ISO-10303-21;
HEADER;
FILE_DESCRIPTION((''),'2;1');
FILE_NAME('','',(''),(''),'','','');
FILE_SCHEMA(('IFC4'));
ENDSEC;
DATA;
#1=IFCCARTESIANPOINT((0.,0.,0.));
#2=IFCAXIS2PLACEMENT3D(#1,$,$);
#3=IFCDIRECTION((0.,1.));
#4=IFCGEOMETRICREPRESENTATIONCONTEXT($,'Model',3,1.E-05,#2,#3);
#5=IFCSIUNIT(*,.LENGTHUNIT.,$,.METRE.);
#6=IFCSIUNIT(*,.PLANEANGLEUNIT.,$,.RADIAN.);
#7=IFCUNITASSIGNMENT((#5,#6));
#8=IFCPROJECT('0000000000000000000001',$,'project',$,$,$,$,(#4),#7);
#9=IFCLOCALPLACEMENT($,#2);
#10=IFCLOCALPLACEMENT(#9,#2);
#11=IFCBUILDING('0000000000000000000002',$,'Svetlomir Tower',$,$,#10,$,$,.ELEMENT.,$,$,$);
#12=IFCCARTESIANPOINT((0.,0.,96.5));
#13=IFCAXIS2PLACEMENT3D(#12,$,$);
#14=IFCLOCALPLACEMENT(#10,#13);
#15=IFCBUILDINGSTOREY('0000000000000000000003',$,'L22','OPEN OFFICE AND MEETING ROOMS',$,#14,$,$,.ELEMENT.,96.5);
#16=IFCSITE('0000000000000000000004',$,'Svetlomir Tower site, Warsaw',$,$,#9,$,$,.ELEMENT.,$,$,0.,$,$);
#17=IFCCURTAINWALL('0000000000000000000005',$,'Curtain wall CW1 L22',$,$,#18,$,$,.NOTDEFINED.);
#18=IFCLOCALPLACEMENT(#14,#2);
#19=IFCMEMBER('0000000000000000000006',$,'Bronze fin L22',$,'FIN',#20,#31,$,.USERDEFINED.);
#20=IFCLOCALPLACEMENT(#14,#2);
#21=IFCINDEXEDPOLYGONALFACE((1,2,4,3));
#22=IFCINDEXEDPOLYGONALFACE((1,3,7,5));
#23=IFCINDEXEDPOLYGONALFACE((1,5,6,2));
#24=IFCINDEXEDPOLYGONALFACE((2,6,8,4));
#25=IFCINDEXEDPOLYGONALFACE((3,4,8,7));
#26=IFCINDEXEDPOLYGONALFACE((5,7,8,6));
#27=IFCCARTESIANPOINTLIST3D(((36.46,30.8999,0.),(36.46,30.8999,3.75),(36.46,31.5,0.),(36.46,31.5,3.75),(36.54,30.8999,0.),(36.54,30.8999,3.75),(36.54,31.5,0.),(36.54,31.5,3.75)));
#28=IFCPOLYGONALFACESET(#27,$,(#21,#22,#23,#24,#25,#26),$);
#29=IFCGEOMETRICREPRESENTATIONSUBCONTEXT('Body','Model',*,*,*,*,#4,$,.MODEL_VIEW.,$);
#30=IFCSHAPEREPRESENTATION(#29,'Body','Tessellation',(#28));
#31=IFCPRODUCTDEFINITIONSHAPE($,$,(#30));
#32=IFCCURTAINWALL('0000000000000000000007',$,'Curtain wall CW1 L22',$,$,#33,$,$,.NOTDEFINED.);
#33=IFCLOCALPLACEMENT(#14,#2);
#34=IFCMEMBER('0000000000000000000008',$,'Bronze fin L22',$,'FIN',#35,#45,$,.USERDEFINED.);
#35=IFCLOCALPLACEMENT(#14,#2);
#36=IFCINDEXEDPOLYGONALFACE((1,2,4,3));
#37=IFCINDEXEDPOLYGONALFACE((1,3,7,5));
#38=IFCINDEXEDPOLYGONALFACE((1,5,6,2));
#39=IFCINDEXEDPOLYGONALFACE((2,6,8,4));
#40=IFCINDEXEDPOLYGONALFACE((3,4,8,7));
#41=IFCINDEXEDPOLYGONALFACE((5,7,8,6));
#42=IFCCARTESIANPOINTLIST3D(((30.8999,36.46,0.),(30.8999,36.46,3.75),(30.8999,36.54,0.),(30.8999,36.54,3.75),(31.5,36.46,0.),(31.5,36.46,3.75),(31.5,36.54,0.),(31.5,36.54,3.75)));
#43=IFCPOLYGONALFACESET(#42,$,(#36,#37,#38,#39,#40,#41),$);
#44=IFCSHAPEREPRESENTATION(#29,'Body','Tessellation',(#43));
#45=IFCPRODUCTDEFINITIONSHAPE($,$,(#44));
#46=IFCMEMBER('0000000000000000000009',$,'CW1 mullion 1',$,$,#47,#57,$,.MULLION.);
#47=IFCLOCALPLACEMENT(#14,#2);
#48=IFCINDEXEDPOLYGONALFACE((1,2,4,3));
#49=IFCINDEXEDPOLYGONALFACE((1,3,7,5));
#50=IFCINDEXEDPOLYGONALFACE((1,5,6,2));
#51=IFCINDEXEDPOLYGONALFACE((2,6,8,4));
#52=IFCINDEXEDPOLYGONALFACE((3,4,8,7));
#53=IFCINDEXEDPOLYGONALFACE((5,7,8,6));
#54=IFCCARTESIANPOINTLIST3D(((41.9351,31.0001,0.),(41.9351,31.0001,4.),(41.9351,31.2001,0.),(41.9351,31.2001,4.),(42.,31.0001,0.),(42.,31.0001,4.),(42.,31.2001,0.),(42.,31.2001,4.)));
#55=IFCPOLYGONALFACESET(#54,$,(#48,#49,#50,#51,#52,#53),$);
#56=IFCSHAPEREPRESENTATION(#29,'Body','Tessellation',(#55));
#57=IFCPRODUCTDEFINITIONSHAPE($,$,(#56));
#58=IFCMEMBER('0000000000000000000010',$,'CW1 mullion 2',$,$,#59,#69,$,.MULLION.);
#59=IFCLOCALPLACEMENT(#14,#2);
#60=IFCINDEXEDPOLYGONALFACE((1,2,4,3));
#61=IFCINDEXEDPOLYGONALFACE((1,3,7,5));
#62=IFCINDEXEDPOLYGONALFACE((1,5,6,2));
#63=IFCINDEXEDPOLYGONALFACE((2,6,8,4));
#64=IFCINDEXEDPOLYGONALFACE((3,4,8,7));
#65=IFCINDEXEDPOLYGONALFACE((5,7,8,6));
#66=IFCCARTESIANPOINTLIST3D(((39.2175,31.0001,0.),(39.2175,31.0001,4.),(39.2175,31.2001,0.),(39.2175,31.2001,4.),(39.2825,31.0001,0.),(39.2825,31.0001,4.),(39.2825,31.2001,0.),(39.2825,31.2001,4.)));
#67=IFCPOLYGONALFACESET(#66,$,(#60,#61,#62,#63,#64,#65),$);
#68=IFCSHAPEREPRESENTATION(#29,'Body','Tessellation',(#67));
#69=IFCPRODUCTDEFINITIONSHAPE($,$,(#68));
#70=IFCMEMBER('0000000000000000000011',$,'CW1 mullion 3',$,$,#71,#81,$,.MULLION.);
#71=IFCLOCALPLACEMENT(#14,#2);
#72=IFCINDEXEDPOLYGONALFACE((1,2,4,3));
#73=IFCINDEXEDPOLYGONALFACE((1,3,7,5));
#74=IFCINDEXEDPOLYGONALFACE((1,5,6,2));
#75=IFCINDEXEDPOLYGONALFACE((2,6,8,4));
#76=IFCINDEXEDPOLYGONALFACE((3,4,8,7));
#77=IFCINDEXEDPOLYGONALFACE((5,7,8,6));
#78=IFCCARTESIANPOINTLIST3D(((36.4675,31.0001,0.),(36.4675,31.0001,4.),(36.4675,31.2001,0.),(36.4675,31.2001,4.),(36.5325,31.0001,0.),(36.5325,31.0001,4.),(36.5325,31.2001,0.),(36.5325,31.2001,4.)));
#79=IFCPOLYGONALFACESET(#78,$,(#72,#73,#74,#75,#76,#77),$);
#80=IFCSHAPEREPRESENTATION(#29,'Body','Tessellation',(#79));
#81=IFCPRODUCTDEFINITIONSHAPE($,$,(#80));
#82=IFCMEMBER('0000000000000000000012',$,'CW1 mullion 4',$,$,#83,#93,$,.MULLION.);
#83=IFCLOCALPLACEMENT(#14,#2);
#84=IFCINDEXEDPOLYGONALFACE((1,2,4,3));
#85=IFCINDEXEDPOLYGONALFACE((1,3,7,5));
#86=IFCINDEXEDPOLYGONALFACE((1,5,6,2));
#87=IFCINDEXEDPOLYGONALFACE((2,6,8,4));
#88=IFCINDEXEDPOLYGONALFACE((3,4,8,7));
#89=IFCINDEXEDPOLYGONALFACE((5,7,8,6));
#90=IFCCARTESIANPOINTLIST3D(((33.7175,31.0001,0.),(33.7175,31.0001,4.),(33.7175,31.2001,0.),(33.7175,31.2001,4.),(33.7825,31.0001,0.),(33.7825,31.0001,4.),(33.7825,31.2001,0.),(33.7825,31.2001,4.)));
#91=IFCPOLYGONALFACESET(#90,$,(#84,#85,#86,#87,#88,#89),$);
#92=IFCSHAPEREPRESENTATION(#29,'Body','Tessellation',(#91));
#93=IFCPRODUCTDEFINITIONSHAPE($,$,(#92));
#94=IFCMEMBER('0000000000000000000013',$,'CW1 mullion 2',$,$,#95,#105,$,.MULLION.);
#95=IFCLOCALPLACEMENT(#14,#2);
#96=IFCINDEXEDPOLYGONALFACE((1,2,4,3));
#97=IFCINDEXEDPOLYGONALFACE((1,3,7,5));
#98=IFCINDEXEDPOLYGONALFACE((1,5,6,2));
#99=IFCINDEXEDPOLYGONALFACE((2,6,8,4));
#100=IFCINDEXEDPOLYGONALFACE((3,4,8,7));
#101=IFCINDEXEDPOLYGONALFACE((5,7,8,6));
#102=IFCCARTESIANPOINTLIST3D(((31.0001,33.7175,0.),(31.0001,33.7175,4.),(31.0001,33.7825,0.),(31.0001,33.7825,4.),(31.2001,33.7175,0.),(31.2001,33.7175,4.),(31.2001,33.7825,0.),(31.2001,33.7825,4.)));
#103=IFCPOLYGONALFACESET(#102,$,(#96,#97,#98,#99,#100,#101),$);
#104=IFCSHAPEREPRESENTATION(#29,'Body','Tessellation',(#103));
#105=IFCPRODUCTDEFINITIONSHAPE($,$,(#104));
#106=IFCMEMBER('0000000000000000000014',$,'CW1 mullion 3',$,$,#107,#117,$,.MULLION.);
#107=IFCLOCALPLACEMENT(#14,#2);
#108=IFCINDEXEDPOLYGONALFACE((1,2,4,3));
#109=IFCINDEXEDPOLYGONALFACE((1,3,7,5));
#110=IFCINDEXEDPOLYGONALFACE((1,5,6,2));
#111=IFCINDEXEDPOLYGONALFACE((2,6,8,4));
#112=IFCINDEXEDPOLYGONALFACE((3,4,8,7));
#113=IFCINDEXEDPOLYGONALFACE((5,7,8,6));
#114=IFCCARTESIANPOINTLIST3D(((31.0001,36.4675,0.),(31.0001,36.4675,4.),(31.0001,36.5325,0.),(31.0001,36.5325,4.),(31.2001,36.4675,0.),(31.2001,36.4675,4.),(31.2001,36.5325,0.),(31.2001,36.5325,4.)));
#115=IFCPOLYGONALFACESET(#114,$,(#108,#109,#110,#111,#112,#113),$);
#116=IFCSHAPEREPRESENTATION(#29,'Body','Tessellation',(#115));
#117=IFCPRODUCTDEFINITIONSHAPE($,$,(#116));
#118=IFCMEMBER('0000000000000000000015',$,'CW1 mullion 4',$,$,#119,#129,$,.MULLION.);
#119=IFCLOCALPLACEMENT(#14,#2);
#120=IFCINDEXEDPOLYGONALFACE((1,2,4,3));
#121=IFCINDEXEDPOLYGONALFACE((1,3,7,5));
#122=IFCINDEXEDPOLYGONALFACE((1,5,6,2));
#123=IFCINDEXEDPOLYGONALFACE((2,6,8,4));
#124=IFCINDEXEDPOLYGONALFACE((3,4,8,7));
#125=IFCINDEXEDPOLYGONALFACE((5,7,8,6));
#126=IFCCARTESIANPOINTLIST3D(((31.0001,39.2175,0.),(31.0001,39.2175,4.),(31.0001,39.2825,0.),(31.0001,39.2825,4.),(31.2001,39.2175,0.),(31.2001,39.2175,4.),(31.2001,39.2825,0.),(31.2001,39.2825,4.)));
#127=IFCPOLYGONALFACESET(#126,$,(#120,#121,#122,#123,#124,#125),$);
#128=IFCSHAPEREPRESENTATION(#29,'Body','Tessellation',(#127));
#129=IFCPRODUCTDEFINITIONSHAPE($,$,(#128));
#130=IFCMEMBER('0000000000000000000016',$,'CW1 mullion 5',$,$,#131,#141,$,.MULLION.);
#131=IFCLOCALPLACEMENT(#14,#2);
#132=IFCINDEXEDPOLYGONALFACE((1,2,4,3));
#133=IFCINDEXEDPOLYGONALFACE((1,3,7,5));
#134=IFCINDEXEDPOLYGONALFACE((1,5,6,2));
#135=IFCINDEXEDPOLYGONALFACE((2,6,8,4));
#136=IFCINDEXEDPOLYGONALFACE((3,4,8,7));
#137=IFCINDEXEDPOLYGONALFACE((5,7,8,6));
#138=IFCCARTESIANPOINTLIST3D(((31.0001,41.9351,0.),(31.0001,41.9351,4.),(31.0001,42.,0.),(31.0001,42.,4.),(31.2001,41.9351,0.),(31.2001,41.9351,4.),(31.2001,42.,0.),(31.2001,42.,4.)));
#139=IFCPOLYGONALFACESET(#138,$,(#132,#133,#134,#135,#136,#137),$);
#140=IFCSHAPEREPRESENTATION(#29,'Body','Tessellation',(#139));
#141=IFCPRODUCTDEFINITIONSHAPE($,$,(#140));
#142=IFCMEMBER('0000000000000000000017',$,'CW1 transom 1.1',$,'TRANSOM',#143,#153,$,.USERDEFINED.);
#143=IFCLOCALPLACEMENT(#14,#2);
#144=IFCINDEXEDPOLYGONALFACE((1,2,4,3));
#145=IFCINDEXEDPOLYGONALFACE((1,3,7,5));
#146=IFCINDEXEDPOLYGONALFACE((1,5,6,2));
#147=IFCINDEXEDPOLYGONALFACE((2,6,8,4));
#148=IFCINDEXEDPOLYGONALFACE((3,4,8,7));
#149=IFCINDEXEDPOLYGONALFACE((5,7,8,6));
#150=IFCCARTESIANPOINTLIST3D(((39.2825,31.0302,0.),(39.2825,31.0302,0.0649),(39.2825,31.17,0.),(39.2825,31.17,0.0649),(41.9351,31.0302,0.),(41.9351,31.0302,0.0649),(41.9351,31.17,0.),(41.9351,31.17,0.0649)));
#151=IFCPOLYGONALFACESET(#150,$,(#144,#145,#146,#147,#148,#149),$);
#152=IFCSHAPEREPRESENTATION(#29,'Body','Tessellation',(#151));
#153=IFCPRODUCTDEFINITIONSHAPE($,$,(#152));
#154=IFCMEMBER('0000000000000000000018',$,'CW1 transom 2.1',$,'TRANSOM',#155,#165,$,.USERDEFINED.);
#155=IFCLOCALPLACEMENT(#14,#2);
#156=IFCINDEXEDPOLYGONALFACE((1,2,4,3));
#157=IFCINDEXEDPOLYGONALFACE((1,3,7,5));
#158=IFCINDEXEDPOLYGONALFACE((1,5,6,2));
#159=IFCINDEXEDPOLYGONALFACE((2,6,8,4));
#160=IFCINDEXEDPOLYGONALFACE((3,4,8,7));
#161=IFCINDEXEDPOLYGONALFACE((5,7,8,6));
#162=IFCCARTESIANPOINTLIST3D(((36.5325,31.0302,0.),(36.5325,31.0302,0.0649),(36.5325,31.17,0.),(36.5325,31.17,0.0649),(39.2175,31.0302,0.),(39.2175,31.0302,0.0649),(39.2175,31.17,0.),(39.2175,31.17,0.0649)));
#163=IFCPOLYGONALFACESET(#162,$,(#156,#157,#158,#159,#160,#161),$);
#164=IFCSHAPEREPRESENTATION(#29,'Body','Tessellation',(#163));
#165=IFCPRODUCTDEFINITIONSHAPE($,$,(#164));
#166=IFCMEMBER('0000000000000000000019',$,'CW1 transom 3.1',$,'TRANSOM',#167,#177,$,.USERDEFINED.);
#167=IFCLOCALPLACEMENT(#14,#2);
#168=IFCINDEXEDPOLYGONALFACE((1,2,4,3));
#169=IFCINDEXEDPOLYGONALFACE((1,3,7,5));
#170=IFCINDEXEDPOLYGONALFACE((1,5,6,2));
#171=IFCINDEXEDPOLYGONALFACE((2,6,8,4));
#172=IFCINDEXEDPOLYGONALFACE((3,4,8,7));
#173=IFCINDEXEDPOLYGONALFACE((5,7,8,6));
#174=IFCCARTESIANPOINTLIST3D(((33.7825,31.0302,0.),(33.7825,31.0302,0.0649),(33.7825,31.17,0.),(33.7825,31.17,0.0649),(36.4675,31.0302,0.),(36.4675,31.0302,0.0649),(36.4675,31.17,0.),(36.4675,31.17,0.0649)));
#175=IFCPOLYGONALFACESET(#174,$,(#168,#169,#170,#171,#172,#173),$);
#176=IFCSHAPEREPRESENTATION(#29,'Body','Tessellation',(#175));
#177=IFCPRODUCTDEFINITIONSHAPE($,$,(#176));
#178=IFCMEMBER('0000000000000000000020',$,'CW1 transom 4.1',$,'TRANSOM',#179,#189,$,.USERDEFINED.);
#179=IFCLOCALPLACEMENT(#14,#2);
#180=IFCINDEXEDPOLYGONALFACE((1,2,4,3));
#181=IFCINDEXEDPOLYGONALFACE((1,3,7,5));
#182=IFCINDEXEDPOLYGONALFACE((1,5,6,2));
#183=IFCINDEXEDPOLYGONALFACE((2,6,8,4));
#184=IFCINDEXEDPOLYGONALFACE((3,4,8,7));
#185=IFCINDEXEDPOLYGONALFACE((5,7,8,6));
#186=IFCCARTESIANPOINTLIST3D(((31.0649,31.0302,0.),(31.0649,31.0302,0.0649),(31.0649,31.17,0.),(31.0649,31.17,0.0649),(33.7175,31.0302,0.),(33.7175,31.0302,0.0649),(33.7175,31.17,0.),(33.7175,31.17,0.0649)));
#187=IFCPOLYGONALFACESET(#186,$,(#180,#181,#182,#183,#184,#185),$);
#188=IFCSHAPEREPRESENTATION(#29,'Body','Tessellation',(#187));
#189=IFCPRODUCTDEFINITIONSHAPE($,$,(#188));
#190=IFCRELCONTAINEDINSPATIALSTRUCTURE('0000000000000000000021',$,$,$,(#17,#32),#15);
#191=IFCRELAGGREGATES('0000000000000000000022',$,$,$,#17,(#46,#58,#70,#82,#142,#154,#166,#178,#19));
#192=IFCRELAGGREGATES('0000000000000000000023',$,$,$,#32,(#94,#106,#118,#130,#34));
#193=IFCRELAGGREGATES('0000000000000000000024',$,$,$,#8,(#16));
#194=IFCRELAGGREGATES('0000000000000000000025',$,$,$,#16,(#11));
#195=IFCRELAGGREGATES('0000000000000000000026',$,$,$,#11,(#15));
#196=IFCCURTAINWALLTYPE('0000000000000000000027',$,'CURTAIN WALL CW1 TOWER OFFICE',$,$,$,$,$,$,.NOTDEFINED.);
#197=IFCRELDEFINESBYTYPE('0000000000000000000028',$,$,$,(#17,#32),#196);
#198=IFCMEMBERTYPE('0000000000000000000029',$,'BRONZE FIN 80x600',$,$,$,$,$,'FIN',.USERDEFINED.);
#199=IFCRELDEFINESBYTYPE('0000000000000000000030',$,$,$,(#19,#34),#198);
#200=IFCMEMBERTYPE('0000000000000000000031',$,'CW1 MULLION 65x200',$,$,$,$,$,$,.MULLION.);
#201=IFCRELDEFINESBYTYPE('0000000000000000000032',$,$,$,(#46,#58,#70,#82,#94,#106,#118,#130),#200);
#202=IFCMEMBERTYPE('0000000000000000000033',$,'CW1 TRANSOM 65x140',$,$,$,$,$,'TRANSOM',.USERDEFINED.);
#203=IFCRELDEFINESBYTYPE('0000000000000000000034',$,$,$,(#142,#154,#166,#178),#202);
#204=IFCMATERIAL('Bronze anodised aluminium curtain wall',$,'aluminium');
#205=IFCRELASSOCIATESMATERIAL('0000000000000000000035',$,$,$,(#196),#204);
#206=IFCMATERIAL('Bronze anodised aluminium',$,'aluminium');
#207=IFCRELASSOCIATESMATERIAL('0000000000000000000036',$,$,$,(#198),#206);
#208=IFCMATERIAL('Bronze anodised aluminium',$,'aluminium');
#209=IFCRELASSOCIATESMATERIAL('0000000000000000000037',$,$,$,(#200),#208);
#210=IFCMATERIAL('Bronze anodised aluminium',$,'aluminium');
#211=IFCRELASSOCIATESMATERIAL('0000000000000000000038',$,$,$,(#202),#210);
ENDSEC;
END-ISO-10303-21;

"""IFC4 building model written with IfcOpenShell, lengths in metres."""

from ifc_helpers import new_model, si_unit, direction, frame, origin, origin_2d, place, context, subcontext, project, spatial, rectangle, extrude, material, material_profile, profile_set, type_object, element, aggregate, save


model = new_model("IFC4")

# Units and contexts
model_context = context("Model", 3, precision=1e-05, world=origin(), true_north=direction((0.0, 1.0)))
body_context = subcontext(model_context, "Body", "Model", "MODEL_VIEW")
ifc_project = project(units=[si_unit("LENGTHUNIT", "METRE"), si_unit("PLANEANGLEUNIT", "RADIAN")], contexts=[model_context])

# Site, building, storey
site_placement = place(None, origin())
site = spatial("IfcSite", under=ifc_project, at=site_placement, Name="Svetlomir Tower site, Warsaw", CompositionType="ELEMENT", RefElevation=0.0)
building_placement = place(site_placement, origin())
building = spatial("IfcBuilding", under=site, at=building_placement, Name="Svetlomir Tower", CompositionType="ELEMENT")
storey_placement = place(building_placement, frame((0.0, 0.0, 96.5)))
storey = spatial("IfcBuildingStorey", under=building, at=storey_placement, Name="L22", Description="OPEN OFFICE AND MEETING ROOMS", CompositionType="ELEMENT", Elevation=96.5)

# Curtain walls, members
ifc_material_1 = material(Name="Bronze anodised aluminium curtain wall", Category="aluminium")
curtain_wall_type = type_object("IfcCurtainWallType", Name="CURTAIN WALL CW1 TOWER OFFICE", PredefinedType="NOTDEFINED", material=ifc_material_1)
curtain_wall_1_placement = place(storey_placement, origin())
curtain_wall_1 = element("IfcCurtainWall", 1, at=curtain_wall_1_placement, inside=storey, type_object=curtain_wall_type, Name="Curtain wall CW1 L22", PredefinedType="NOTDEFINED")
ifc_material_2 = material(Name="Bronze anodised aluminium", Category="aluminium")
ifc_material_profile_1 = material_profile(ifc_material_2, rectangle(XDim=0.0801, YDim=0.6001, at=origin_2d()), Name="FIN 80x600")
ifc_profile_set_1 = profile_set([ifc_material_profile_1], Name="Bronze anodised aluminium 6063-T6")
member_type_1 = type_object("IfcMemberType", Name="BRONZE FIN 80x600", ElementType="FIN", PredefinedType="USERDEFINED", material=ifc_profile_set_1)
member_1_placement = place(storey_placement, frame((36.5, 31.2, 0.0), z_axis=(0.0, 0.0, 1.0), x_axis=(1.0, 0.0, 0.0)))
member_1 = element("IfcMember", 2, at=member_1_placement, type_object=member_type_1, Name="Bronze fin L22", ObjectType="FIN", PredefinedType="USERDEFINED", context=body_context, shape_type="SweptSolid", body=[
    extrude(rectangle(XDim=0.0801, YDim=0.6001, at=origin_2d()), origin(), (0.0, 0.0, 1.0), 3.75),
])
curtain_wall_2_placement = place(storey_placement, origin())
curtain_wall_2 = element("IfcCurtainWall", 3, at=curtain_wall_2_placement, inside=storey, type_object=curtain_wall_type, Name="Curtain wall CW1 L22", PredefinedType="NOTDEFINED")
member_2_placement = place(storey_placement, frame((31.2, 36.5, 0.0), z_axis=(0.0, 0.0, 1.0), x_axis=(0.0, 1.0, 0.0)))
member_2 = element("IfcMember", 4, at=member_2_placement, type_object=member_type_1, Name="Bronze fin L22", ObjectType="FIN", PredefinedType="USERDEFINED", context=body_context, shape_type="SweptSolid", body=[
    extrude(rectangle(XDim=0.0801, YDim=0.6001, at=origin_2d()), origin(), (0.0, 0.0, 1.0), 3.75),
])

# Members
ifc_material_3 = material(Name="Bronze anodised aluminium", Category="aluminium")
ifc_material_profile_2 = material_profile(ifc_material_3, rectangle(XDim=0.0649, YDim=0.2, at=origin_2d()), Name="AL 65x200")
ifc_profile_set_2 = profile_set([ifc_material_profile_2], Name="Bronze anodised aluminium 6063-T6")
member_type_2 = type_object("IfcMemberType", Name="CW1 MULLION 65x200", PredefinedType="MULLION", material=ifc_profile_set_2)
member_3_placement = place(storey_placement, frame((41.9675, 31.1001, 0.0), z_axis=(0.0, 0.0, 1.0), x_axis=(-1.0, 0.0, 0.0)))
member_3 = element("IfcMember", 5, at=member_3_placement, type_object=member_type_2, Name="CW1 mullion 1", PredefinedType="MULLION", context=body_context, shape_type="SweptSolid", body=[
    extrude(rectangle(XDim=0.0649, YDim=0.2, at=origin_2d()), origin(), (0.0, 0.0, 1.0), 4.0),
])
member_4_placement = place(storey_placement, frame((39.25, 31.1001, 0.0), z_axis=(0.0, 0.0, 1.0), x_axis=(-1.0, 0.0, 0.0)))
member_4 = element("IfcMember", 6, at=member_4_placement, type_object=member_type_2, Name="CW1 mullion 2", PredefinedType="MULLION", context=body_context, shape_type="SweptSolid", body=[
    extrude(rectangle(XDim=0.0649, YDim=0.2, at=origin_2d()), origin(), (0.0, 0.0, 1.0), 4.0),
])
member_5_placement = place(storey_placement, frame((36.5, 31.1001, 0.0), z_axis=(0.0, 0.0, 1.0), x_axis=(-1.0, 0.0, 0.0)))
member_5 = element("IfcMember", 7, at=member_5_placement, type_object=member_type_2, Name="CW1 mullion 3", PredefinedType="MULLION", context=body_context, shape_type="SweptSolid", body=[
    extrude(rectangle(XDim=0.0649, YDim=0.2, at=origin_2d()), origin(), (0.0, 0.0, 1.0), 4.0),
])
member_6_placement = place(storey_placement, frame((33.75, 31.1001, 0.0), z_axis=(0.0, 0.0, 1.0), x_axis=(-1.0, 0.0, 0.0)))
member_6 = element("IfcMember", 8, at=member_6_placement, type_object=member_type_2, Name="CW1 mullion 4", PredefinedType="MULLION", context=body_context, shape_type="SweptSolid", body=[
    extrude(rectangle(XDim=0.0649, YDim=0.2, at=origin_2d()), origin(), (0.0, 0.0, 1.0), 4.0),
])
member_7_placement = place(storey_placement, frame((31.1001, 33.75, 0.0), z_axis=(0.0, 0.0, 1.0), x_axis=(0.0, 1.0, 0.0)))
member_7 = element("IfcMember", 9, at=member_7_placement, type_object=member_type_2, Name="CW1 mullion 2", PredefinedType="MULLION", context=body_context, shape_type="SweptSolid", body=[
    extrude(rectangle(XDim=0.0649, YDim=0.2, at=origin_2d()), origin(), (0.0, 0.0, 1.0), 4.0),
])
member_8_placement = place(storey_placement, frame((31.1001, 36.5, 0.0), z_axis=(0.0, 0.0, 1.0), x_axis=(0.0, 1.0, 0.0)))
member_8 = element("IfcMember", 10, at=member_8_placement, type_object=member_type_2, Name="CW1 mullion 3", PredefinedType="MULLION", context=body_context, shape_type="SweptSolid", body=[
    extrude(rectangle(XDim=0.0649, YDim=0.2, at=origin_2d()), origin(), (0.0, 0.0, 1.0), 4.0),
])
member_9_placement = place(storey_placement, frame((31.1001, 39.25, 0.0), z_axis=(0.0, 0.0, 1.0), x_axis=(0.0, 1.0, 0.0)))
member_9 = element("IfcMember", 11, at=member_9_placement, type_object=member_type_2, Name="CW1 mullion 4", PredefinedType="MULLION", context=body_context, shape_type="SweptSolid", body=[
    extrude(rectangle(XDim=0.0649, YDim=0.2, at=origin_2d()), origin(), (0.0, 0.0, 1.0), 4.0),
])
member_10_placement = place(storey_placement, frame((31.1001, 41.9675, 0.0), z_axis=(0.0, 0.0, 1.0), x_axis=(0.0, 1.0, 0.0)))
member_10 = element("IfcMember", 12, at=member_10_placement, type_object=member_type_2, Name="CW1 mullion 5", PredefinedType="MULLION", context=body_context, shape_type="SweptSolid", body=[
    extrude(rectangle(XDim=0.0649, YDim=0.2, at=origin_2d()), origin(), (0.0, 0.0, 1.0), 4.0),
])
ifc_material_4 = material(Name="Bronze anodised aluminium", Category="aluminium")
ifc_material_profile_3 = material_profile(ifc_material_4, rectangle(XDim=0.1399, YDim=0.0649, at=origin_2d()), Name="AL 140x65")
ifc_profile_set_3 = profile_set([ifc_material_profile_3], Name="Bronze anodised aluminium 6063-T6")
member_type_3 = type_object("IfcMemberType", Name="CW1 TRANSOM 65x140", ElementType="TRANSOM", PredefinedType="USERDEFINED", material=ifc_profile_set_3)
member_11_placement = place(storey_placement, frame((41.9351, 31.1001, 0.0325), z_axis=(-1.0, 0.0, 0.0), x_axis=(0.0, -1.0, 0.0)))
member_11 = element("IfcMember", 13, at=member_11_placement, type_object=member_type_3, Name="CW1 transom 1.1", ObjectType="TRANSOM", PredefinedType="USERDEFINED", context=body_context, shape_type="SweptSolid", body=[
    extrude(rectangle(XDim=0.1399, YDim=0.0649, at=origin_2d()), origin(), (0.0, 0.0, 1.0), 2.6526),
])
member_12_placement = place(storey_placement, frame((39.2175, 31.1001, 0.0325), z_axis=(-1.0, 0.0, 0.0), x_axis=(0.0, -1.0, 0.0)))
member_12 = element("IfcMember", 14, at=member_12_placement, type_object=member_type_3, Name="CW1 transom 2.1", ObjectType="TRANSOM", PredefinedType="USERDEFINED", context=body_context, shape_type="SweptSolid", body=[
    extrude(rectangle(XDim=0.1399, YDim=0.0649, at=origin_2d()), origin(), (0.0, 0.0, 1.0), 2.6851),
])
member_13_placement = place(storey_placement, frame((36.4675, 31.1001, 0.0325), z_axis=(-1.0, 0.0, 0.0), x_axis=(0.0, -1.0, 0.0)))
member_13 = element("IfcMember", 15, at=member_13_placement, type_object=member_type_3, Name="CW1 transom 3.1", ObjectType="TRANSOM", PredefinedType="USERDEFINED", context=body_context, shape_type="SweptSolid", body=[
    extrude(rectangle(XDim=0.1399, YDim=0.0649, at=origin_2d()), origin(), (0.0, 0.0, 1.0), 2.6851),
])
member_14_placement = place(storey_placement, frame((33.7175, 31.1001, 0.0325), z_axis=(-1.0, 0.0, 0.0), x_axis=(0.0, -1.0, 0.0)))
member_14 = element("IfcMember", 16, at=member_14_placement, type_object=member_type_3, Name="CW1 transom 4.1", ObjectType="TRANSOM", PredefinedType="USERDEFINED", context=body_context, shape_type="SweptSolid", body=[
    extrude(rectangle(XDim=0.1399, YDim=0.0649, at=origin_2d()), origin(), (0.0, 0.0, 1.0), 2.6526),
])

aggregate(curtain_wall_1, [member_3, member_4, member_5, member_6, member_11, member_12, member_13, member_14, member_1])
aggregate(curtain_wall_2, [member_7, member_8, member_9, member_10, member_2])

save(model, "model.ifc")
